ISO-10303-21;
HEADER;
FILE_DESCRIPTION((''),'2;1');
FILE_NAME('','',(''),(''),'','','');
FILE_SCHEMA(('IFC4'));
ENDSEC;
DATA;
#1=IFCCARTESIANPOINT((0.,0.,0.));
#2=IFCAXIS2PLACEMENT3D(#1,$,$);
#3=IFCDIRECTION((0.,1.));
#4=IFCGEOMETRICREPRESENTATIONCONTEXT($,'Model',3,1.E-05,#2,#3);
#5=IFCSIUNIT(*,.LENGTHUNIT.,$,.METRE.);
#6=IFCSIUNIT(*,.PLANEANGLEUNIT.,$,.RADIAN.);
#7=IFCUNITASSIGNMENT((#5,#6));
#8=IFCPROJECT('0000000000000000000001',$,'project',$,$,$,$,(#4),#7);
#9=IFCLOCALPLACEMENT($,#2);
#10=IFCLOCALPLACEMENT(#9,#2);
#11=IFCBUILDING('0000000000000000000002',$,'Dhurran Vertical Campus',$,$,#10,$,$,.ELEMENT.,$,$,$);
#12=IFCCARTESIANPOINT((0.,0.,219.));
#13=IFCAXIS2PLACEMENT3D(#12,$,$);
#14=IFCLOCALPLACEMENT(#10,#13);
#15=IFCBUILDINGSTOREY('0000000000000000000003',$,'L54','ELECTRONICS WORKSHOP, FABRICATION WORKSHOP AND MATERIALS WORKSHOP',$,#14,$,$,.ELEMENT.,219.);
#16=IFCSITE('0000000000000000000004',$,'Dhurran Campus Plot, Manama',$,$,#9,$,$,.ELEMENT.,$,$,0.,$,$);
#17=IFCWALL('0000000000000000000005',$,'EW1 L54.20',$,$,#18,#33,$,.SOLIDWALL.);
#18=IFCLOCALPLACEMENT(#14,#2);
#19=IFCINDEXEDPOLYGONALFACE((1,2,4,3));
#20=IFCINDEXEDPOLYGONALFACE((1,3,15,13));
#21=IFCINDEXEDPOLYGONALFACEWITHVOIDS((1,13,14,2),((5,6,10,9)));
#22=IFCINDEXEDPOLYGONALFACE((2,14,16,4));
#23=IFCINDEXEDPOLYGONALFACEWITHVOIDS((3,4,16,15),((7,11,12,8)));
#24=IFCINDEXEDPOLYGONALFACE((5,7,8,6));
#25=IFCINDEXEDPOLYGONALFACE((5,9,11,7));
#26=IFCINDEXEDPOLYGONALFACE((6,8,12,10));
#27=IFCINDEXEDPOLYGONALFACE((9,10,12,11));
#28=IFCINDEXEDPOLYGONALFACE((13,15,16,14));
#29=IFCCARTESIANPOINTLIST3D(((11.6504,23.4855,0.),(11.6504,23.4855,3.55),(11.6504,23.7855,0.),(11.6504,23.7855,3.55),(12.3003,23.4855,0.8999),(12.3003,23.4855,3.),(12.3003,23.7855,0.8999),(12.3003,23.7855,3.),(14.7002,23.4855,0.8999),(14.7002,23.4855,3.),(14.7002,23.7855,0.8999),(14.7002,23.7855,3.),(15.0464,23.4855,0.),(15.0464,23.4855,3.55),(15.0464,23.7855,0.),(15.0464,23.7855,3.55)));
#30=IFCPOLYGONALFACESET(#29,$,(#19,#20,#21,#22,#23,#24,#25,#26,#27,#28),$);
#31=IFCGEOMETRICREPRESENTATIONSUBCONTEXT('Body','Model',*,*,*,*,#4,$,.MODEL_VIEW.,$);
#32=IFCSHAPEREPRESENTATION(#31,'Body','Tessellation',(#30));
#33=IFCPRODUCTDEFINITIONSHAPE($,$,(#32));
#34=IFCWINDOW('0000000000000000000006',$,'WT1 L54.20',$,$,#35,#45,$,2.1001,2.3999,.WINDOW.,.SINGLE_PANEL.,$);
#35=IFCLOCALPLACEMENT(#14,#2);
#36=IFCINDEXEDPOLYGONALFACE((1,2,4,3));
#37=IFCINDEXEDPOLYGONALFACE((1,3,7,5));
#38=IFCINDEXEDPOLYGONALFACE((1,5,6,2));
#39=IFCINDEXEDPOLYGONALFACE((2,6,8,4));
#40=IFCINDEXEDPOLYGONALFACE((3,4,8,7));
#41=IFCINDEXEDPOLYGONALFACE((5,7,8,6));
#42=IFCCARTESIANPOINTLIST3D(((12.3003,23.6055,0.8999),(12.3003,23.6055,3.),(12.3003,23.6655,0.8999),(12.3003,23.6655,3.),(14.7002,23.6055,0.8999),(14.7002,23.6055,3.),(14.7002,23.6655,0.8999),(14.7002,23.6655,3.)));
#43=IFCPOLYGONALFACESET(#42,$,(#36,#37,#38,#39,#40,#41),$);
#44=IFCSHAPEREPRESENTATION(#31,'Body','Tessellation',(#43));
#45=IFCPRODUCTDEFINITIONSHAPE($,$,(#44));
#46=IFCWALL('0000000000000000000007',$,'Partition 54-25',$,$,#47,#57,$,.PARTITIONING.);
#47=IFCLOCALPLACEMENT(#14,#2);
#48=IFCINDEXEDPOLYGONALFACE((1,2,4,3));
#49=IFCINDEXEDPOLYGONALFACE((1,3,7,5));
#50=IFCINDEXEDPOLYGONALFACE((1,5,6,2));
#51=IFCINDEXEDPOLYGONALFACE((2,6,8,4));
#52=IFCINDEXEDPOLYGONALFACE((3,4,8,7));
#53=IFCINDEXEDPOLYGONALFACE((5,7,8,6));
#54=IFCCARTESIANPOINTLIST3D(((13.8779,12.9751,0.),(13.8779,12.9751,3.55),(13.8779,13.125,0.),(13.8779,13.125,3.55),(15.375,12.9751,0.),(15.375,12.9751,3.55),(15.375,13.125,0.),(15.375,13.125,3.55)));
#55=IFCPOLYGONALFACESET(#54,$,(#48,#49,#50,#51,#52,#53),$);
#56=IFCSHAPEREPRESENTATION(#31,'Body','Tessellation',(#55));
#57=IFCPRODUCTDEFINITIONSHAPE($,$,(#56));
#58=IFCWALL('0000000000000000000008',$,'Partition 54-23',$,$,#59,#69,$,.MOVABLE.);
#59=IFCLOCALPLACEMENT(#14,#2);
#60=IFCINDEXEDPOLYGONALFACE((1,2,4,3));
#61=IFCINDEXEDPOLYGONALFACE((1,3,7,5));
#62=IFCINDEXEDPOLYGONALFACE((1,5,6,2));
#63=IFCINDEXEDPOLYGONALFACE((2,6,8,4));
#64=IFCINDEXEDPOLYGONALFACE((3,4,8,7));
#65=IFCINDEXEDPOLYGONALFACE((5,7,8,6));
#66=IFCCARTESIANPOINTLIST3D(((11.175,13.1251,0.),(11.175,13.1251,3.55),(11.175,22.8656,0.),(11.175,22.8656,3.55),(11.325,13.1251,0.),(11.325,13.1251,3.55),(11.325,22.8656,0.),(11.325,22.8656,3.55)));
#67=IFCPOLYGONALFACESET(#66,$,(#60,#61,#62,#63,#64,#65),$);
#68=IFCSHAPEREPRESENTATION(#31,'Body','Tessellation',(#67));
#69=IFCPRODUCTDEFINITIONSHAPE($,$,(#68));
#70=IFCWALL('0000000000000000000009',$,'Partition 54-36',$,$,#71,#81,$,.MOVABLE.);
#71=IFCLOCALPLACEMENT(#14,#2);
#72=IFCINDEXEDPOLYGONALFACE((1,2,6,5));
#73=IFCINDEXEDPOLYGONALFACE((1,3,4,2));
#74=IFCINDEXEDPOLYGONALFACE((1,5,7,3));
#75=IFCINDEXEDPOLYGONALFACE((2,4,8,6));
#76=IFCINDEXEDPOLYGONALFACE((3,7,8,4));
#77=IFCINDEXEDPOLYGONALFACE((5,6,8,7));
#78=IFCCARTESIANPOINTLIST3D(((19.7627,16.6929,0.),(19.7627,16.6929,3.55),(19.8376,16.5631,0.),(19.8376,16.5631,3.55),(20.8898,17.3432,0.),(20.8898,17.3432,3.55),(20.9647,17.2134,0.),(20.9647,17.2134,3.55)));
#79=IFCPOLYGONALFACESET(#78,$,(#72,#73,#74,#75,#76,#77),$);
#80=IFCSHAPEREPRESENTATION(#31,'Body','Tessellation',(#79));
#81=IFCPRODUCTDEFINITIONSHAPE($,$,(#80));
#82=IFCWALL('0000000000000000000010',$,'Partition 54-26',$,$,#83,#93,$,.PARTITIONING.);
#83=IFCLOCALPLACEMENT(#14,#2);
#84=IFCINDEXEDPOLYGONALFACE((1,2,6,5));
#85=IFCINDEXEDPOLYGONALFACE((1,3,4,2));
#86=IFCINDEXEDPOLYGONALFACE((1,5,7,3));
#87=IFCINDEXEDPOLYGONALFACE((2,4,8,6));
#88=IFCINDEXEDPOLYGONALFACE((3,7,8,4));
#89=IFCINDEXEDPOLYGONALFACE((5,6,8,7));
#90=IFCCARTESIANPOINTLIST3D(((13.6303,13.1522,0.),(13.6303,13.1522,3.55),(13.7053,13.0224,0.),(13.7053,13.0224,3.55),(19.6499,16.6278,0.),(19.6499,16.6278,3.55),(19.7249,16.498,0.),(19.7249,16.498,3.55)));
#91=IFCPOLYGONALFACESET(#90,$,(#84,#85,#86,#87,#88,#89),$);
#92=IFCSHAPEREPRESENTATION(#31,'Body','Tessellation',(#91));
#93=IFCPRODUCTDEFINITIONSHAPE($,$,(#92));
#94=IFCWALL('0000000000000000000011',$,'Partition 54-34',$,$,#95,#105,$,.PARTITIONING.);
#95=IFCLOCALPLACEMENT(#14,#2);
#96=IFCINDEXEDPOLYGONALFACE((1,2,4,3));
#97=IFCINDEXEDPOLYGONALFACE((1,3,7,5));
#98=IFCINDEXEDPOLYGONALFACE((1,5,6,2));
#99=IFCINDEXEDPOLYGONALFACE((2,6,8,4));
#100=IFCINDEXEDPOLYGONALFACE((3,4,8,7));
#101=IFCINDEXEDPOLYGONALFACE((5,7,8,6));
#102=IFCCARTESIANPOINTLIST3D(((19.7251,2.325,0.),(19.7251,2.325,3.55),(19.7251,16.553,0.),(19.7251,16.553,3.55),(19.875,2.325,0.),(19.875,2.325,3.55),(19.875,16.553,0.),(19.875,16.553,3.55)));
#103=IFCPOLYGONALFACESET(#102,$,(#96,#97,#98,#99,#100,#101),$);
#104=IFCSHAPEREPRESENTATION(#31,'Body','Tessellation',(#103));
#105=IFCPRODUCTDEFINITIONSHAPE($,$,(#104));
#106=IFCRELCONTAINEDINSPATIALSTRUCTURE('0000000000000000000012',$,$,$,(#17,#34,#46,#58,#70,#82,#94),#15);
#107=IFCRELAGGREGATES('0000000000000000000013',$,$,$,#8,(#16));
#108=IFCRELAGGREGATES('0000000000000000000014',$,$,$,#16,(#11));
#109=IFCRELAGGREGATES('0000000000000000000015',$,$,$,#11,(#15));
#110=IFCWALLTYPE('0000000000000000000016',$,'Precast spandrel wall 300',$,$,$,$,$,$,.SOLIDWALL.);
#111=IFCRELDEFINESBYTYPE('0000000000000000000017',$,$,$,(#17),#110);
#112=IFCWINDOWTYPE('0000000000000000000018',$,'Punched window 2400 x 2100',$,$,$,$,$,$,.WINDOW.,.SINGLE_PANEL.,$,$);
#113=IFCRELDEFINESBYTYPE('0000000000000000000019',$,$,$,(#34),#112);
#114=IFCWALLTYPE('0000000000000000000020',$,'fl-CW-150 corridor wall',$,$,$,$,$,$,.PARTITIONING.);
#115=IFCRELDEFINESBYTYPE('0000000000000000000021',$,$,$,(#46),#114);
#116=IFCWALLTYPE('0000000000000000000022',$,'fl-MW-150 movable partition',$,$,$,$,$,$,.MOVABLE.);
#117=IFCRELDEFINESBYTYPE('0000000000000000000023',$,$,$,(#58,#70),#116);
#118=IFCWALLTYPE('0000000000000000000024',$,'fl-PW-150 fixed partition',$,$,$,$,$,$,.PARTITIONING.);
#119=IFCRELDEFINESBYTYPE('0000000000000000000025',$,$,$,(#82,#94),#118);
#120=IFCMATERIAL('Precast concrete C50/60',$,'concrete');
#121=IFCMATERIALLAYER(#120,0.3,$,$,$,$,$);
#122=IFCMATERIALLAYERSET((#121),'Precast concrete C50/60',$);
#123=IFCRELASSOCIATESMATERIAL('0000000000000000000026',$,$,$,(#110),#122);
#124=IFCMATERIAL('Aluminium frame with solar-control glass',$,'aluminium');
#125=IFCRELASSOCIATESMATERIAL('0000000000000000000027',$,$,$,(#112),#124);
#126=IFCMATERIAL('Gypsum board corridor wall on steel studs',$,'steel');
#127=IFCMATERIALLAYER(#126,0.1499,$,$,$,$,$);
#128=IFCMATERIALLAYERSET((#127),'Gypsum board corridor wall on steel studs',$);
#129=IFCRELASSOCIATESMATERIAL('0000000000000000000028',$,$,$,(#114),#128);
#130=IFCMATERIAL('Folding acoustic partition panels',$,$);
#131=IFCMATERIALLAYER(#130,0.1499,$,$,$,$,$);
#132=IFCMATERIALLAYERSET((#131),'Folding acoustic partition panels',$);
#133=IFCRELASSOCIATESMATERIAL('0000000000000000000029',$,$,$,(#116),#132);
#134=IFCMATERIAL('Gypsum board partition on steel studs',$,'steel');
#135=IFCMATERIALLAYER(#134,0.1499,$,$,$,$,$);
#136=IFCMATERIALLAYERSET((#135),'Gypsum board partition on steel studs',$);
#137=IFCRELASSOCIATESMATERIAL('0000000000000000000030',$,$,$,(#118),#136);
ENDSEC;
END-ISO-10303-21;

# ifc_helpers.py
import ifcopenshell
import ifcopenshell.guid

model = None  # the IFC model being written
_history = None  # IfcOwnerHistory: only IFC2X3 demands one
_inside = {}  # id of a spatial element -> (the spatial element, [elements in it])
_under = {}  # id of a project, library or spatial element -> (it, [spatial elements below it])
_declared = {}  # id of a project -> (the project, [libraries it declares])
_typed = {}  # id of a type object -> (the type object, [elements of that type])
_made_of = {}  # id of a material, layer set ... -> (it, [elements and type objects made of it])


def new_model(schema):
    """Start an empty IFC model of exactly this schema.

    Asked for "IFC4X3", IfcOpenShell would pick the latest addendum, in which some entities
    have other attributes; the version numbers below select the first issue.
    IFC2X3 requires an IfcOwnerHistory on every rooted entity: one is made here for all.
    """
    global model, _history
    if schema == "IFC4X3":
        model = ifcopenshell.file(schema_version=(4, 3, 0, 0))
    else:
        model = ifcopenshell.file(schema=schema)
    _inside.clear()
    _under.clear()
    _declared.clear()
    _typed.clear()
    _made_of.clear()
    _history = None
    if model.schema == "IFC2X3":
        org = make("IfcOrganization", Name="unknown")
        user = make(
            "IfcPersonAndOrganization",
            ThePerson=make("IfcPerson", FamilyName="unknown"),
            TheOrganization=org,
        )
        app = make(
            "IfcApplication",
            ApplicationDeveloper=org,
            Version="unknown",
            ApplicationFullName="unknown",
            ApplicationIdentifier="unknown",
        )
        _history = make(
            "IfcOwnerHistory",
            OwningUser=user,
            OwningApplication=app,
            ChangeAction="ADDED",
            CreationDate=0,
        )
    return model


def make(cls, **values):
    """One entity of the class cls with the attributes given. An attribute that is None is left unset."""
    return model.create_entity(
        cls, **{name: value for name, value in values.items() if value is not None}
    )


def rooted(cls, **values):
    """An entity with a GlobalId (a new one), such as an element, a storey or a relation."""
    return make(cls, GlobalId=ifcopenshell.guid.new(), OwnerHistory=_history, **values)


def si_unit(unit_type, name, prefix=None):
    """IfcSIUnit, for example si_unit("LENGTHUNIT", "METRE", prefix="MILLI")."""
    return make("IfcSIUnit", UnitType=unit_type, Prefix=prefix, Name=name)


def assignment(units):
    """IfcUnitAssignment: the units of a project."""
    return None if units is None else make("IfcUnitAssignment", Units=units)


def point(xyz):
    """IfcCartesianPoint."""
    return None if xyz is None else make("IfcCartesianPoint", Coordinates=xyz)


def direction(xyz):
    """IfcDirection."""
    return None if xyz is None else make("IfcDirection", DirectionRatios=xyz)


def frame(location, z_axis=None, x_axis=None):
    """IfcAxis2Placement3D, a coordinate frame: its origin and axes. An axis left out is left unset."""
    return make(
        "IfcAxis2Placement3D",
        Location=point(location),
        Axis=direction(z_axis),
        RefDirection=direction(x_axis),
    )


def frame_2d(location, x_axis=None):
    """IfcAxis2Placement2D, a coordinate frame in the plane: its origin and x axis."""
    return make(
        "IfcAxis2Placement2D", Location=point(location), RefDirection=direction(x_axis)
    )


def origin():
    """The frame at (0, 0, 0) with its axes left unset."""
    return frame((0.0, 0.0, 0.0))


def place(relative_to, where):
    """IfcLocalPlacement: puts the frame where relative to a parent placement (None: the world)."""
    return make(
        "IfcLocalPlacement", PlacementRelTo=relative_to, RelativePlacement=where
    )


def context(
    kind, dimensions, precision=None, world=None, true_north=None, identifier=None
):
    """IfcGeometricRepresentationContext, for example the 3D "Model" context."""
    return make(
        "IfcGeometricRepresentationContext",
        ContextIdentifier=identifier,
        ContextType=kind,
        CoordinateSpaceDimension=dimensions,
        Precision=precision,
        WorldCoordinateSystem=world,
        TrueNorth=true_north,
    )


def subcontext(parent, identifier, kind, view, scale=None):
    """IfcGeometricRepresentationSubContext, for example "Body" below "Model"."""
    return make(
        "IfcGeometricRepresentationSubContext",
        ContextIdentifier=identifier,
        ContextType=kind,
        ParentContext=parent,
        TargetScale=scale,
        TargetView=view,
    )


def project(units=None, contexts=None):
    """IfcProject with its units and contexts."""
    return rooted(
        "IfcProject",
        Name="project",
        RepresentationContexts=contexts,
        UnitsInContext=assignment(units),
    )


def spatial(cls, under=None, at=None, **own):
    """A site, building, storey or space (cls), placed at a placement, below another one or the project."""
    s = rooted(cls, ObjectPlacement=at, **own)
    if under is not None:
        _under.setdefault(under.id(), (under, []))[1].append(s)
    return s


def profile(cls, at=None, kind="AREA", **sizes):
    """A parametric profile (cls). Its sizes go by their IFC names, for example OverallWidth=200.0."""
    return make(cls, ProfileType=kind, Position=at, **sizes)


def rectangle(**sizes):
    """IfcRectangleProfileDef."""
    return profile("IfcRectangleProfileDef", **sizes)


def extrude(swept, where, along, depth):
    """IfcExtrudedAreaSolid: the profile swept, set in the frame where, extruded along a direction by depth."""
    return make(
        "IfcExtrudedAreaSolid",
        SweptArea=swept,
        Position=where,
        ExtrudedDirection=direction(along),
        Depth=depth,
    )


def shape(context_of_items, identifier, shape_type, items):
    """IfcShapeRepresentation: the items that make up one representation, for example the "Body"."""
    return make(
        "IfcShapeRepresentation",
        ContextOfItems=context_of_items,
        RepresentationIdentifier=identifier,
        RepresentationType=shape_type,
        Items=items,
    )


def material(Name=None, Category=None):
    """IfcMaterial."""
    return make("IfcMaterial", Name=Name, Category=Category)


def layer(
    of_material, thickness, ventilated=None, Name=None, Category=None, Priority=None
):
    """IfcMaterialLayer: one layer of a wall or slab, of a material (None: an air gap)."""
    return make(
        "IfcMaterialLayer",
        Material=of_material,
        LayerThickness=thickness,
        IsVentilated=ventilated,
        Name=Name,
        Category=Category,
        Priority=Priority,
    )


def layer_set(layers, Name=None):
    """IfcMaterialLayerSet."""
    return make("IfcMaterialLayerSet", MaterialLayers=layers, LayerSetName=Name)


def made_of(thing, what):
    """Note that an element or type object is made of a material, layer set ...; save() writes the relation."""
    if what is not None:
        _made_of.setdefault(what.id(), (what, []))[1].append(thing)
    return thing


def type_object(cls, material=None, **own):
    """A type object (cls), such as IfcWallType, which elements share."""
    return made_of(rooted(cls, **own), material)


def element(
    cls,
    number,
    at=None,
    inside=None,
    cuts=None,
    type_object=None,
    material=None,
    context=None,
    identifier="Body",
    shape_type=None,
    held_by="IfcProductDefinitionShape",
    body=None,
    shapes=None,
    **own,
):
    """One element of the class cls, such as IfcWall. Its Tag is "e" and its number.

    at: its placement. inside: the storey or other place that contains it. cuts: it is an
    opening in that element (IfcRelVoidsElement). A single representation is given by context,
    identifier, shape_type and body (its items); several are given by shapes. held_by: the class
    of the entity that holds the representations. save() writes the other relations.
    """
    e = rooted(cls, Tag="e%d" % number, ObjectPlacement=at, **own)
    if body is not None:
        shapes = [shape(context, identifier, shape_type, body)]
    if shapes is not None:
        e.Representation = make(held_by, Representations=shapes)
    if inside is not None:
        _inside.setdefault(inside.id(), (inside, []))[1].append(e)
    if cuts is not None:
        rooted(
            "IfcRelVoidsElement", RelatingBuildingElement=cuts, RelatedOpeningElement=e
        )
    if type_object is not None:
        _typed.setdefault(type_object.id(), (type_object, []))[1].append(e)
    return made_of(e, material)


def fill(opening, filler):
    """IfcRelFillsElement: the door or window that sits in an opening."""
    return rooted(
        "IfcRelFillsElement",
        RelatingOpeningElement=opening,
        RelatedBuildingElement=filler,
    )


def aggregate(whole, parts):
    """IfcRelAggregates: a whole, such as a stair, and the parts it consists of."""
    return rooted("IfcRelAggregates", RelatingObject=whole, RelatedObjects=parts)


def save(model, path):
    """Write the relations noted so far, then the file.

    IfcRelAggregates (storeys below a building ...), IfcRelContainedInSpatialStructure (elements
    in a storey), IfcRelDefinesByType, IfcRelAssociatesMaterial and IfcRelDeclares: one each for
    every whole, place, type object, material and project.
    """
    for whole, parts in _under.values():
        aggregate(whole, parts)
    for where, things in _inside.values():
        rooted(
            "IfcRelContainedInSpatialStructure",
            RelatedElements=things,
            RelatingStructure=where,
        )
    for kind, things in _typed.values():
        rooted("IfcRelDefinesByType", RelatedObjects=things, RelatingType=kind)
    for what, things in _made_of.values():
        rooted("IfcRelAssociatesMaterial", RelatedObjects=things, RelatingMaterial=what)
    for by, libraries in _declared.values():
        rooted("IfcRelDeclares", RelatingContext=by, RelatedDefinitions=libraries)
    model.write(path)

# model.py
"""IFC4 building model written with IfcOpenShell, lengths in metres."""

from ifc_helpers import new_model, si_unit, direction, frame, frame_2d, origin, place, context, subcontext, project, spatial, rectangle, extrude, material, layer, layer_set, type_object, element, fill, save


model = new_model("IFC4")

# Units and contexts
model_context = context("Model", 3, precision=1e-05, world=origin(), true_north=direction((0.0, 1.0)))
body_context = subcontext(model_context, "Body", "Model", "MODEL_VIEW")
ifc_project = project(units=[si_unit("LENGTHUNIT", "METRE"), si_unit("PLANEANGLEUNIT", "RADIAN")], contexts=[model_context])

# Site, building, storey
site_placement = place(None, origin())
site = spatial("IfcSite", under=ifc_project, at=site_placement, Name="Dhurran Campus Plot, Manama", CompositionType="ELEMENT", RefElevation=0.0)
building_placement = place(site_placement, origin())
building = spatial("IfcBuilding", under=site, at=building_placement, Name="Dhurran Vertical Campus", CompositionType="ELEMENT")
storey_placement = place(building_placement, frame((0.0, 0.0, 219.0)))
storey = spatial("IfcBuildingStorey", under=building, at=storey_placement, Name="L54", Description="ELECTRONICS WORKSHOP, FABRICATION WORKSHOP AND MATERIALS WORKSHOP", CompositionType="ELEMENT", Elevation=219.0)

# Wall, opening, window
ifc_material_1 = material(Name="Precast concrete C50/60", Category="concrete")
ifc_layer_1 = layer(ifc_material_1, 0.3)
ifc_layer_set_1 = layer_set([ifc_layer_1], Name="Precast concrete C50/60")
wall_type_1 = type_object("IfcWallType", Name="Precast spandrel wall 300", PredefinedType="SOLIDWALL", material=ifc_layer_set_1)
ifc_material_2 = material(Name="Aluminium frame with solar-control glass", Category="aluminium")
window_type = type_object("IfcWindowType", Name="Punched window 2400 x 2100", PartitioningType="SINGLE_PANEL", PredefinedType="WINDOW", material=ifc_material_2)
wall_1_placement = place(storey_placement, frame((15.0464, 23.6355, 0.0), z_axis=(0.0, 0.0, 1.0), x_axis=(-1.0, 0.0, 0.0)))
wall_1 = element("IfcWall", 1, at=wall_1_placement, inside=storey, type_object=wall_type_1, Name="EW1 L54.20", PredefinedType="SOLIDWALL", context=body_context, shape_type="SweptSolid", body=[
    extrude(rectangle(XDim=3.396, YDim=0.3, at=frame_2d((1.698, 0.0))), origin(), (0.0, 0.0, 1.0), 3.55),
])
opening_1_placement = place(wall_1_placement, frame((0.3462, 0.0, 0.8999)))
opening_1 = element("IfcOpeningElement", 2, at=opening_1_placement, cuts=wall_1, PredefinedType="OPENING", context=body_context, shape_type="SweptSolid", body=[
    extrude(rectangle(XDim=2.3999, YDim=2.1001, at=frame_2d((1.2, 1.05))), frame((0.0, 0.1599, 0.0), z_axis=(0.0, -1.0, 0.0), x_axis=(1.0, 0.0, 0.0)), (0.0, 0.0, 1.0), 0.3201),
])
window_1_placement = place(opening_1_placement, origin())
window_1 = element("IfcWindow", 3, at=window_1_placement, inside=storey, type_object=window_type, Name="WT1 L54.20", OverallHeight=2.1001, OverallWidth=2.3999, PartitioningType="SINGLE_PANEL", PredefinedType="WINDOW", context=body_context, shape_type="SweptSolid", body=[
    extrude(rectangle(XDim=2.3999, YDim=2.1001, at=frame_2d((1.2, 1.05))), frame((0.0, 0.03, 0.0), z_axis=(0.0, -1.0, 0.0), x_axis=(1.0, 0.0, 0.0)), (0.0, 0.0, 1.0), 0.0601),
])
fill(opening_1, window_1)

# Walls
ifc_material_3 = material(Name="Gypsum board corridor wall on steel studs", Category="steel")
ifc_layer_2 = layer(ifc_material_3, 0.1499)
ifc_layer_set_2 = layer_set([ifc_layer_2], Name="Gypsum board corridor wall on steel studs")
wall_type_2 = type_object("IfcWallType", Name="fl-CW-150 corridor wall", PredefinedType="PARTITIONING", material=ifc_layer_set_2)
wall_2_placement = place(storey_placement, frame((15.375, 13.05, 0.0), z_axis=(0.0, 0.0, 1.0), x_axis=(-1.0, 0.0, 0.0)))
element("IfcWall", 4, at=wall_2_placement, inside=storey, type_object=wall_type_2, Name="Partition 54-25", PredefinedType="PARTITIONING", context=body_context, shape_type="SweptSolid", body=[
    extrude(rectangle(XDim=1.4971, YDim=0.1499, at=frame_2d((0.7485, 0.0))), origin(), (0.0, 0.0, 1.0), 3.55),
])
ifc_material_4 = material(Name="Folding acoustic partition panels")
ifc_layer_3 = layer(ifc_material_4, 0.1499)
ifc_layer_set_3 = layer_set([ifc_layer_3], Name="Folding acoustic partition panels")
wall_type_3 = type_object("IfcWallType", Name="fl-MW-150 movable partition", PredefinedType="MOVABLE", material=ifc_layer_set_3)
wall_3_placement = place(storey_placement, frame((11.25, 22.8655, 0.0), z_axis=(0.0, 0.0, 1.0), x_axis=(0.0, -1.0, 0.0)))
element("IfcWall", 5, at=wall_3_placement, inside=storey, type_object=wall_type_3, Name="Partition 54-23", PredefinedType="MOVABLE", context=body_context, shape_type="SweptSolid", body=[
    extrude(rectangle(XDim=9.7405, YDim=0.1499, at=frame_2d((4.8701, 0.0))), origin(), (0.0, 0.0, 1.0), 3.55),
])
wall_4_placement = place(storey_placement, frame((20.9272, 17.2783, 0.0), z_axis=(0.0, 0.0, 1.0), x_axis=(-0.866157, -0.499771, 0.0)))
element("IfcWall", 6, at=wall_4_placement, inside=storey, type_object=wall_type_3, Name="Partition 54-36", PredefinedType="MOVABLE", context=body_context, shape_type="SweptSolid", body=[
    extrude(rectangle(XDim=1.3013, YDim=0.1499, at=frame_2d((0.6506, 0.0))), origin(), (0.0, 0.0, 1.0), 3.55),
])
ifc_material_5 = material(Name="Gypsum board partition on steel studs", Category="steel")
ifc_layer_4 = layer(ifc_material_5, 0.1499)
ifc_layer_set_4 = layer_set([ifc_layer_4], Name="Gypsum board partition on steel studs")
wall_type_4 = type_object("IfcWallType", Name="fl-PW-150 fixed partition", PredefinedType="PARTITIONING", material=ifc_layer_set_4)
wall_5_placement = place(storey_placement, frame((19.6875, 16.563, 0.0), z_axis=(0.0, 0.0, 1.0), x_axis=(-0.866012, -0.500022, 0.0)))
element("IfcWall", 7, at=wall_5_placement, inside=storey, type_object=wall_type_4, Name="Partition 54-26", PredefinedType="PARTITIONING", context=body_context, shape_type="SweptSolid", body=[
    extrude(rectangle(XDim=6.9509, YDim=0.1499, at=frame_2d((3.4756, 0.0))), origin(), (0.0, 0.0, 1.0), 3.55),
])
wall_6_placement = place(storey_placement, frame((19.8, 16.553, 0.0), z_axis=(0.0, 0.0, 1.0), x_axis=(0.0, -1.0, 0.0)))
element("IfcWall", 8, at=wall_6_placement, inside=storey, type_object=wall_type_4, Name="Partition 54-34", PredefinedType="PARTITIONING", context=body_context, shape_type="SweptSolid", body=[
    extrude(rectangle(XDim=14.228, YDim=0.1499, at=frame_2d((7.114, 0.0))), origin(), (0.0, 0.0, 1.0), 3.55),
])

save(model, "model.ifc")
